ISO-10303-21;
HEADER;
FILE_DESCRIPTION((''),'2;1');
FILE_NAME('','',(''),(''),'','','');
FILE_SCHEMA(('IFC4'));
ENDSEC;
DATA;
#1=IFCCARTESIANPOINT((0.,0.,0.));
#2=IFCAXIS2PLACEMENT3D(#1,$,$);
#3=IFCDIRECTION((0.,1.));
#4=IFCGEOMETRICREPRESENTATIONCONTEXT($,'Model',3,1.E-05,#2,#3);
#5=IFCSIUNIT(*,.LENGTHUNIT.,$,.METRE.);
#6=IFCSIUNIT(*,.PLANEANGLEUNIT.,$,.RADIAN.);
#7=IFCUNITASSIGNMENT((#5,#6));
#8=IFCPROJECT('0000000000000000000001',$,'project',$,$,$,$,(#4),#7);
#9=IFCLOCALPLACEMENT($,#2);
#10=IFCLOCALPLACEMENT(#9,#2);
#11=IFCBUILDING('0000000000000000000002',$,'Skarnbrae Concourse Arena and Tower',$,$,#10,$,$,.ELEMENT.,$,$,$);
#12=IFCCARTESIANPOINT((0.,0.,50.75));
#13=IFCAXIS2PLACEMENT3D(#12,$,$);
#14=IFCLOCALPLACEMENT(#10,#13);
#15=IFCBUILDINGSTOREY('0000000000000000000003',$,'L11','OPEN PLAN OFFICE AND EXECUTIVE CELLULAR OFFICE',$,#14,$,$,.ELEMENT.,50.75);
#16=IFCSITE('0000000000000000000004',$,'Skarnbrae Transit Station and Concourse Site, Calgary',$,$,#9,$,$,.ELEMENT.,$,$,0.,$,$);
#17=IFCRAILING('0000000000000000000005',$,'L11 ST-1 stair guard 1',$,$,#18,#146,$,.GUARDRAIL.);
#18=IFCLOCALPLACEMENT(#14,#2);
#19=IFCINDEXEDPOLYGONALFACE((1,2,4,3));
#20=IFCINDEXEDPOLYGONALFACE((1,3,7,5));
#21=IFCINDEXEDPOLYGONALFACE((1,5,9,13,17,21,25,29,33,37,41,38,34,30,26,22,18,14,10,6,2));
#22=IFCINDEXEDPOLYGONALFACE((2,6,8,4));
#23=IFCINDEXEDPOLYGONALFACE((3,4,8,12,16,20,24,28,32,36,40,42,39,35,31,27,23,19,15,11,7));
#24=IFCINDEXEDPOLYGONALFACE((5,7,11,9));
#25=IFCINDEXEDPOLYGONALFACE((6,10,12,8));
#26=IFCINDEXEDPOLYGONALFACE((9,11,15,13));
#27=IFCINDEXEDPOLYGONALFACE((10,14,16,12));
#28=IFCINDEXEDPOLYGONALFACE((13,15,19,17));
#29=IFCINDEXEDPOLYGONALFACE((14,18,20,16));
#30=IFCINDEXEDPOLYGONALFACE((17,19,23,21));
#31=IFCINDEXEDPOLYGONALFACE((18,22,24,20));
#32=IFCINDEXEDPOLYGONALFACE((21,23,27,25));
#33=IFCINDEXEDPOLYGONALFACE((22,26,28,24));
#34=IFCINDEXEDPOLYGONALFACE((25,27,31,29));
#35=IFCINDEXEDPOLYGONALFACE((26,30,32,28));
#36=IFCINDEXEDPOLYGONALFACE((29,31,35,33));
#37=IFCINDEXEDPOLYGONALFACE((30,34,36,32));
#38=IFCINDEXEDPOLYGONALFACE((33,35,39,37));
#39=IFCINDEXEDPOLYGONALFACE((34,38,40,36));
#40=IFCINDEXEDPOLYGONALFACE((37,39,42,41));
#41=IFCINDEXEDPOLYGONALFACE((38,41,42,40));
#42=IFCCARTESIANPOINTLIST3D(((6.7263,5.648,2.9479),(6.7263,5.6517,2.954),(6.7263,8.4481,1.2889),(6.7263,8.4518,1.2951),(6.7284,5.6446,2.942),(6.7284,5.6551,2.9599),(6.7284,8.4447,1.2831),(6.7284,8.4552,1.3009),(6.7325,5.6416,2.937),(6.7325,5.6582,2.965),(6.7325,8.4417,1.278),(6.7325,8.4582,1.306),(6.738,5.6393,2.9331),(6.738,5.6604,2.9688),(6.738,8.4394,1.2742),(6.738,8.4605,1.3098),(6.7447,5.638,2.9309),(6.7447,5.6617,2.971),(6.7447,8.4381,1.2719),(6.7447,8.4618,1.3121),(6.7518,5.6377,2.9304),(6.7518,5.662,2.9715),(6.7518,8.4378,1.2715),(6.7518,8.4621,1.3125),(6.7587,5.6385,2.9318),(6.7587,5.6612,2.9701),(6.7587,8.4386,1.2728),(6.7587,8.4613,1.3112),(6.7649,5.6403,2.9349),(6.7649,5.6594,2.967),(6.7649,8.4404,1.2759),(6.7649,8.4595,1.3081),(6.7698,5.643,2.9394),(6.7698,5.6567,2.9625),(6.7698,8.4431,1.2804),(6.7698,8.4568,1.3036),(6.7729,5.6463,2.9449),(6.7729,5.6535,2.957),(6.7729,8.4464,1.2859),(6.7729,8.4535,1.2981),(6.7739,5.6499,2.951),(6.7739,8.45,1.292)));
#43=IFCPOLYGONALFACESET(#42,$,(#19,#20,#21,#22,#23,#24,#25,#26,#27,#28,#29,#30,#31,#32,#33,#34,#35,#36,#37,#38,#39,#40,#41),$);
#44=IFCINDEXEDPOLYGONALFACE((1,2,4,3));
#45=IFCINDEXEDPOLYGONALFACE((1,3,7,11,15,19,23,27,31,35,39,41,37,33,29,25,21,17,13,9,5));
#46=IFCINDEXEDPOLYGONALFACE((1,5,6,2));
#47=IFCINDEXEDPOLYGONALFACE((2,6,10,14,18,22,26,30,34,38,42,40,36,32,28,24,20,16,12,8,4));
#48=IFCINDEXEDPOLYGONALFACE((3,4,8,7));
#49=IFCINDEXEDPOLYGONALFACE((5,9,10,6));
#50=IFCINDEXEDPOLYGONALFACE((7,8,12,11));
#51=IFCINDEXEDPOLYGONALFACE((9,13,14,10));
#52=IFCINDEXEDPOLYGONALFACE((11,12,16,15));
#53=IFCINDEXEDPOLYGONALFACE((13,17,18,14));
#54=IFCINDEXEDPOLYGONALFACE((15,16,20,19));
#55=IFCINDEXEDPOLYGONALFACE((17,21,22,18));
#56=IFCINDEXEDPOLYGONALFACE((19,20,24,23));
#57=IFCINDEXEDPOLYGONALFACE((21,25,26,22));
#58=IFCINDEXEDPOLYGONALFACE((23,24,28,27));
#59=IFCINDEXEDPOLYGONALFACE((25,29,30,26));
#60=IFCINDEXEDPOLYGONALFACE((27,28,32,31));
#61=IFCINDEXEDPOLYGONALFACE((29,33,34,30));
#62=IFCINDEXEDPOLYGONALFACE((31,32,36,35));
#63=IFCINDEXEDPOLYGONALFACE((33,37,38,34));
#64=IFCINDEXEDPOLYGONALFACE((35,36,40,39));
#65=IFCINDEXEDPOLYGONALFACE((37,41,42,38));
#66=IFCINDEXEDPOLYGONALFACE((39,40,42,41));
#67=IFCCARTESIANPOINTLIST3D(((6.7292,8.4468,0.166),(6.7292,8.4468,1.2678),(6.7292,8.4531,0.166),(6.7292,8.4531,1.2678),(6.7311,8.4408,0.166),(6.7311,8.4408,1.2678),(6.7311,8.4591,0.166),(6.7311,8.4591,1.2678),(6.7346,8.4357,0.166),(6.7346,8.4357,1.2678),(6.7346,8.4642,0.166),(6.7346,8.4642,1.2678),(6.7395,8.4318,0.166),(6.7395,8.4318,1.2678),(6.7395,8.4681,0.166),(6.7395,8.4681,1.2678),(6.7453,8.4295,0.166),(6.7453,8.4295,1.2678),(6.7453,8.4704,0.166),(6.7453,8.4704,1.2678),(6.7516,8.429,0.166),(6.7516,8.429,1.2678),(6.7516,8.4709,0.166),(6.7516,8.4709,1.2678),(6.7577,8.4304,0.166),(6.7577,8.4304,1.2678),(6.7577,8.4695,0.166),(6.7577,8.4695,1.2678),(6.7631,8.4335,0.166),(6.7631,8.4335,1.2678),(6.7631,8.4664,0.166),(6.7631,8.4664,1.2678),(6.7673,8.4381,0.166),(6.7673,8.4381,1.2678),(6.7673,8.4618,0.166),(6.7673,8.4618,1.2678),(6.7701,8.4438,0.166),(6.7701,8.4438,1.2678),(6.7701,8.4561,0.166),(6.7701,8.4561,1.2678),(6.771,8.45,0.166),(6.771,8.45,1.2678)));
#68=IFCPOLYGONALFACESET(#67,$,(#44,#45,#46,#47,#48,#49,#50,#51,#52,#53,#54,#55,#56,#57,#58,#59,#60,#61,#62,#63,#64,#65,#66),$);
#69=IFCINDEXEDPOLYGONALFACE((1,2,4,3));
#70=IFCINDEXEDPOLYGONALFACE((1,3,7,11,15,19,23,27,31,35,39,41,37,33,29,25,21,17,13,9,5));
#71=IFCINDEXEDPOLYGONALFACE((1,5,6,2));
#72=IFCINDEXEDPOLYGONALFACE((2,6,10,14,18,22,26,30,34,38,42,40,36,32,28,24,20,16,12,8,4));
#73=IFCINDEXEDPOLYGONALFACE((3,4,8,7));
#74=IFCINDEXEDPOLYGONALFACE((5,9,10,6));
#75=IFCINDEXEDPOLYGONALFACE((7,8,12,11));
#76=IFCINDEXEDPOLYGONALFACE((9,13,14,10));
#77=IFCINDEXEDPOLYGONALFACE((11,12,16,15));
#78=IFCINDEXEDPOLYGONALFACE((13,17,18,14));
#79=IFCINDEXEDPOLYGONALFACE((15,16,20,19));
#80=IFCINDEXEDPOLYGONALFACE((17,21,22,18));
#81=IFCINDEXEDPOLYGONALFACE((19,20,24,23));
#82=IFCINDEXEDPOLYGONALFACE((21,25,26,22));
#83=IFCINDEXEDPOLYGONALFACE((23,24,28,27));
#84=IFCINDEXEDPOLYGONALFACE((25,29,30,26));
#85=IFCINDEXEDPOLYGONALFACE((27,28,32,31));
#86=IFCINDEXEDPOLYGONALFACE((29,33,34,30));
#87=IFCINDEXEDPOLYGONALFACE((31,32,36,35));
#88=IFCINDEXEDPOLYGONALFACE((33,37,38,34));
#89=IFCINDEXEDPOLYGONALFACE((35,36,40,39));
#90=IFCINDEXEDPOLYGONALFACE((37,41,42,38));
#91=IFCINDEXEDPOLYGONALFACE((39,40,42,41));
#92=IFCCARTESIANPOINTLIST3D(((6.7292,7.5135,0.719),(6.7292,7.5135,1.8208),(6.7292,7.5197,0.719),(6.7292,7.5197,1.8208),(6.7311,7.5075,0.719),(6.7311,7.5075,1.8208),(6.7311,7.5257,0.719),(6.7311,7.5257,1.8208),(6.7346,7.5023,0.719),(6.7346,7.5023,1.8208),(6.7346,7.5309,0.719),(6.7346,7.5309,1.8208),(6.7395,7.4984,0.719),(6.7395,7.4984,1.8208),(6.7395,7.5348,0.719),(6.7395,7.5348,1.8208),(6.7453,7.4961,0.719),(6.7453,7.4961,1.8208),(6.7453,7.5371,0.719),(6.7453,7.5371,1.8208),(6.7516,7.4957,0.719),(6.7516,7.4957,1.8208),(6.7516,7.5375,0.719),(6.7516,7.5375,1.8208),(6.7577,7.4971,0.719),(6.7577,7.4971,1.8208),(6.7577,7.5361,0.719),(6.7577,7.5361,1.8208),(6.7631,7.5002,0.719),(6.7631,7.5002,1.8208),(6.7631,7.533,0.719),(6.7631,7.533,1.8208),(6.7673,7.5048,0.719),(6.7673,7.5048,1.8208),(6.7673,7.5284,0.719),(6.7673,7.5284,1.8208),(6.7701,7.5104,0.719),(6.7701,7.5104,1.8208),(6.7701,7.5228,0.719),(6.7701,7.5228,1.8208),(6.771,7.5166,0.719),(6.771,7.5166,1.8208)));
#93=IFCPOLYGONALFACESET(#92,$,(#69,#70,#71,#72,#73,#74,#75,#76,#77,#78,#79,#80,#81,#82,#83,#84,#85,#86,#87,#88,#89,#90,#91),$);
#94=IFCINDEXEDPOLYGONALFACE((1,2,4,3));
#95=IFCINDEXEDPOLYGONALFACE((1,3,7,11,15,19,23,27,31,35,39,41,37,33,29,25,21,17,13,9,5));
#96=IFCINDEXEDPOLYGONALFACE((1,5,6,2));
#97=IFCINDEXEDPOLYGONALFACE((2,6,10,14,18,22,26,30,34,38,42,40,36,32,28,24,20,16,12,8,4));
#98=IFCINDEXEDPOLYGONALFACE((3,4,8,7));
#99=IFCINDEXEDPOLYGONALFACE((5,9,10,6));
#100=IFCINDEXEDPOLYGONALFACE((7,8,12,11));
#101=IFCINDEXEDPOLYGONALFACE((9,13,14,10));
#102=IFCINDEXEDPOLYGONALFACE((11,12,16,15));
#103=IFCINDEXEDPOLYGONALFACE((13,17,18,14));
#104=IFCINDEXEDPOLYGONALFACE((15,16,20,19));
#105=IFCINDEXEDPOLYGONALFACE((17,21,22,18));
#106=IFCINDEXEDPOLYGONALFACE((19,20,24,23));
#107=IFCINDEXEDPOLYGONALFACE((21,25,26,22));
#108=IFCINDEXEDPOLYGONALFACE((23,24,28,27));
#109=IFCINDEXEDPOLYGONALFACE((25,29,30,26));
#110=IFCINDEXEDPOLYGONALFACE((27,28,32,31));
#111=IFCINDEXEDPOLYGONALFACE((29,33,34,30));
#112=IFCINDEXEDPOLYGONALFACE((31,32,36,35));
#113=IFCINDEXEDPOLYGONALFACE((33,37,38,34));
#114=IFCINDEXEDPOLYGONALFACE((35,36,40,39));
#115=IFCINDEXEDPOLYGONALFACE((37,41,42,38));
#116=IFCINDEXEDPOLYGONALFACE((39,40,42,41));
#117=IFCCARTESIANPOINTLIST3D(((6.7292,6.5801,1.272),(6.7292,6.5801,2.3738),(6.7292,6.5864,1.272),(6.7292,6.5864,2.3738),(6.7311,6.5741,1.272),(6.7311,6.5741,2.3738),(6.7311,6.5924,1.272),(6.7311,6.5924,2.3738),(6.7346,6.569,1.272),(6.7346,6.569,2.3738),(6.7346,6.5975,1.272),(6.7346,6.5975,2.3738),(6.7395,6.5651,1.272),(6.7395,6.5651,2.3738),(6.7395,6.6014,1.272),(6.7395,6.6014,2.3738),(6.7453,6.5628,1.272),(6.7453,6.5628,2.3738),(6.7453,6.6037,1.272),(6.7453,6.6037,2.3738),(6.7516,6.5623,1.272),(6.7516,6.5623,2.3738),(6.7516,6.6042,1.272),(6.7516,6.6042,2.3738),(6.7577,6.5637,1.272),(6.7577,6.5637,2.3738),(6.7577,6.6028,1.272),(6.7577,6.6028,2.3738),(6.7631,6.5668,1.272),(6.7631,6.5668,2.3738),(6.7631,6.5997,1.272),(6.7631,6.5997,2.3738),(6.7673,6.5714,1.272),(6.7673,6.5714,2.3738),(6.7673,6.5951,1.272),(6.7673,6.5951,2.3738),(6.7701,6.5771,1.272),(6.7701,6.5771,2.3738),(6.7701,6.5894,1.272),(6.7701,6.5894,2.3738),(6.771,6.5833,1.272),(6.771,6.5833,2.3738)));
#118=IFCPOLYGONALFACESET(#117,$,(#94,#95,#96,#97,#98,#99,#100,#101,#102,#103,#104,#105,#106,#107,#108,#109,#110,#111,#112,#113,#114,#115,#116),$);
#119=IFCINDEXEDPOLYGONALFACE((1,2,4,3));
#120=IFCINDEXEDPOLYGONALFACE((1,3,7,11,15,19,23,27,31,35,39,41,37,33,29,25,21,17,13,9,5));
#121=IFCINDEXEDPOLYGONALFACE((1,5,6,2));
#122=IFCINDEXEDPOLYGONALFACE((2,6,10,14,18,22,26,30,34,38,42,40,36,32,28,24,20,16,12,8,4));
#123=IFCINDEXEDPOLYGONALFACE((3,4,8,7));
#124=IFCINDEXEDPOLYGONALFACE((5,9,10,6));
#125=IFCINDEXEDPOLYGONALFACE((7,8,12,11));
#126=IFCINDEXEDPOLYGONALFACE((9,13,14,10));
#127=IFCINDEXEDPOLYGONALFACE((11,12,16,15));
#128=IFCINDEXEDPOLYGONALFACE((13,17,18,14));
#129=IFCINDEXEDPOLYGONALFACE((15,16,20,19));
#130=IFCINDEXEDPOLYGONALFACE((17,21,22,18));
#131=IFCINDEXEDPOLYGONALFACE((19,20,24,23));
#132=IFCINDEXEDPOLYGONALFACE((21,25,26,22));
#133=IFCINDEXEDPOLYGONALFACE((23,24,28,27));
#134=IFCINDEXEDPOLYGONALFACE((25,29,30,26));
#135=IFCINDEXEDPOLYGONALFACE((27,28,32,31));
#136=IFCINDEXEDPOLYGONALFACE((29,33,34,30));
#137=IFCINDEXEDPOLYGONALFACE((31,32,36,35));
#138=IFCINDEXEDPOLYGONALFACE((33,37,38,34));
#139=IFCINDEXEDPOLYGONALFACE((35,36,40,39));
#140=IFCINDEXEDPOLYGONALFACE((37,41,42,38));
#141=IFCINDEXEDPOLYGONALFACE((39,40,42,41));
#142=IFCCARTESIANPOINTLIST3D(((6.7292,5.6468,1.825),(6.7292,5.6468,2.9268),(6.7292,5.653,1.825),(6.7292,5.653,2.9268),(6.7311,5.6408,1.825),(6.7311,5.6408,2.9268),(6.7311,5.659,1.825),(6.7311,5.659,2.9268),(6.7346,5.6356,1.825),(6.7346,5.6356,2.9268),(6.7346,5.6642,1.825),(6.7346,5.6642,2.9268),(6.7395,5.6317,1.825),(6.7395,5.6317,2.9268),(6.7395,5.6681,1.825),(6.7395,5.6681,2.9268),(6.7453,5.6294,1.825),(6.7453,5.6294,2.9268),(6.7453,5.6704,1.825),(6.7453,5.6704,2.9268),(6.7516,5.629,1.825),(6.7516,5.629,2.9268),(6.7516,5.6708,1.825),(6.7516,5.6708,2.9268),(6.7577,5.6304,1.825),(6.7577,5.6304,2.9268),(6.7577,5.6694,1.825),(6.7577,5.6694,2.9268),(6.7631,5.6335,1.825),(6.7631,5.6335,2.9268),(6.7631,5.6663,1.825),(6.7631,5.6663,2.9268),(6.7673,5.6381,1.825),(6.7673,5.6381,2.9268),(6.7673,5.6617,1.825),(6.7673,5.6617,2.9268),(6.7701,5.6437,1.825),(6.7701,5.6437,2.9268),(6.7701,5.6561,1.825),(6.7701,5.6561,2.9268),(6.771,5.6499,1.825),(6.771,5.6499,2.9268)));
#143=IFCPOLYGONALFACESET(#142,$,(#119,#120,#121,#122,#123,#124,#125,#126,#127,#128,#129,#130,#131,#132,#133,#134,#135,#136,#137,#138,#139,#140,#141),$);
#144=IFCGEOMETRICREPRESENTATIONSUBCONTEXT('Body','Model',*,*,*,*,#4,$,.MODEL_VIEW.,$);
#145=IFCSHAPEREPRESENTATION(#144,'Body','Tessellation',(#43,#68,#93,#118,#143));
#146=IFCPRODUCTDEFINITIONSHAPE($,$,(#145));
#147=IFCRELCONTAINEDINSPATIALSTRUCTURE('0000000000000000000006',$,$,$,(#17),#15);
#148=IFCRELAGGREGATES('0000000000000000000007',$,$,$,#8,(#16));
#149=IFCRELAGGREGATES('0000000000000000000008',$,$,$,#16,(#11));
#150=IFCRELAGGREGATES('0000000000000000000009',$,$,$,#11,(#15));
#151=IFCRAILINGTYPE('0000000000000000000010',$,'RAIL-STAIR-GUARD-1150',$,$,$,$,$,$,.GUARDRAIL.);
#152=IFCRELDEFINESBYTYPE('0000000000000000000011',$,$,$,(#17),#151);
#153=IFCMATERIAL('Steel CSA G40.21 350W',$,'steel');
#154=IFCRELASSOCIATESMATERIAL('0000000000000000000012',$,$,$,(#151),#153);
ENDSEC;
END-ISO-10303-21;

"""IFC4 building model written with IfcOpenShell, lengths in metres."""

from ifc_helpers import new_model, si_unit, direction, frame, origin, origin_2d, place, context, subcontext, project, spatial, circle, extrude, material, type_object, element, save


model = new_model("IFC4")

# Units and contexts
model_context = context("Model", 3, precision=1e-05, world=origin(), true_north=direction((0.0, 1.0)))
body_context = subcontext(model_context, "Body", "Model", "MODEL_VIEW")
ifc_project = project(units=[si_unit("LENGTHUNIT", "METRE"), si_unit("PLANEANGLEUNIT", "RADIAN")], contexts=[model_context])

# Site, building, storey
site_placement = place(None, origin())
site = spatial("IfcSite", under=ifc_project, at=site_placement, Name="Skarnbrae Transit Station and Concourse Site, Calgary", CompositionType="ELEMENT", RefElevation=0.0)
building_placement = place(site_placement, origin())
building = spatial("IfcBuilding", under=site, at=building_placement, Name="Skarnbrae Concourse Arena and Tower", CompositionType="ELEMENT")
storey_placement = place(building_placement, frame((0.0, 0.0, 50.75)))
storey = spatial("IfcBuildingStorey", under=building, at=storey_placement, Name="L11", Description="OPEN PLAN OFFICE AND EXECUTIVE CELLULAR OFFICE", CompositionType="ELEMENT", Elevation=50.75)

# Shared definitions
ifc_material_1 = material(Name="Steel CSA G40.21 350W", Category="steel")

# Railing
railing_type_1 = type_object("IfcRailingType", Name="RAIL-STAIR-GUARD-1150", PredefinedType="GUARDRAIL", material=ifc_material_1)
railing_1_placement = place(storey_placement, frame((6.75, 8.45, 0.166)))
element("IfcRailing", 1, at=railing_1_placement, inside=storey, type_object=railing_type_1, Name="L11 ST-1 stair guard 1", PredefinedType="GUARDRAIL", context=body_context, shape_type="SweptSolid", body=[
    extrude(circle(Radius=0.0239, at=origin_2d()), frame((0.0, 0.0, 1.126), z_axis=(0.0, -0.860339, 0.509722), x_axis=(1.0, 0.0, 0.0)), (0.0, 0.0, 1.0), 3.2546),
    extrude(circle(Radius=0.021, at=origin_2d()), origin(), (0.0, 0.0, 1.0), 1.1018),
    extrude(circle(Radius=0.021, at=origin_2d()), frame((0.0, -0.9333, 0.553)), (0.0, 0.0, 1.0), 1.1018),
    extrude(circle(Radius=0.021, at=origin_2d()), frame((0.0, -1.8667, 1.106)), (0.0, 0.0, 1.0), 1.1018),
    extrude(circle(Radius=0.021, at=origin_2d()), frame((0.0, -2.8, 1.6589)), (0.0, 0.0, 1.0), 1.1018),
])

save(model, "model.ifc")
